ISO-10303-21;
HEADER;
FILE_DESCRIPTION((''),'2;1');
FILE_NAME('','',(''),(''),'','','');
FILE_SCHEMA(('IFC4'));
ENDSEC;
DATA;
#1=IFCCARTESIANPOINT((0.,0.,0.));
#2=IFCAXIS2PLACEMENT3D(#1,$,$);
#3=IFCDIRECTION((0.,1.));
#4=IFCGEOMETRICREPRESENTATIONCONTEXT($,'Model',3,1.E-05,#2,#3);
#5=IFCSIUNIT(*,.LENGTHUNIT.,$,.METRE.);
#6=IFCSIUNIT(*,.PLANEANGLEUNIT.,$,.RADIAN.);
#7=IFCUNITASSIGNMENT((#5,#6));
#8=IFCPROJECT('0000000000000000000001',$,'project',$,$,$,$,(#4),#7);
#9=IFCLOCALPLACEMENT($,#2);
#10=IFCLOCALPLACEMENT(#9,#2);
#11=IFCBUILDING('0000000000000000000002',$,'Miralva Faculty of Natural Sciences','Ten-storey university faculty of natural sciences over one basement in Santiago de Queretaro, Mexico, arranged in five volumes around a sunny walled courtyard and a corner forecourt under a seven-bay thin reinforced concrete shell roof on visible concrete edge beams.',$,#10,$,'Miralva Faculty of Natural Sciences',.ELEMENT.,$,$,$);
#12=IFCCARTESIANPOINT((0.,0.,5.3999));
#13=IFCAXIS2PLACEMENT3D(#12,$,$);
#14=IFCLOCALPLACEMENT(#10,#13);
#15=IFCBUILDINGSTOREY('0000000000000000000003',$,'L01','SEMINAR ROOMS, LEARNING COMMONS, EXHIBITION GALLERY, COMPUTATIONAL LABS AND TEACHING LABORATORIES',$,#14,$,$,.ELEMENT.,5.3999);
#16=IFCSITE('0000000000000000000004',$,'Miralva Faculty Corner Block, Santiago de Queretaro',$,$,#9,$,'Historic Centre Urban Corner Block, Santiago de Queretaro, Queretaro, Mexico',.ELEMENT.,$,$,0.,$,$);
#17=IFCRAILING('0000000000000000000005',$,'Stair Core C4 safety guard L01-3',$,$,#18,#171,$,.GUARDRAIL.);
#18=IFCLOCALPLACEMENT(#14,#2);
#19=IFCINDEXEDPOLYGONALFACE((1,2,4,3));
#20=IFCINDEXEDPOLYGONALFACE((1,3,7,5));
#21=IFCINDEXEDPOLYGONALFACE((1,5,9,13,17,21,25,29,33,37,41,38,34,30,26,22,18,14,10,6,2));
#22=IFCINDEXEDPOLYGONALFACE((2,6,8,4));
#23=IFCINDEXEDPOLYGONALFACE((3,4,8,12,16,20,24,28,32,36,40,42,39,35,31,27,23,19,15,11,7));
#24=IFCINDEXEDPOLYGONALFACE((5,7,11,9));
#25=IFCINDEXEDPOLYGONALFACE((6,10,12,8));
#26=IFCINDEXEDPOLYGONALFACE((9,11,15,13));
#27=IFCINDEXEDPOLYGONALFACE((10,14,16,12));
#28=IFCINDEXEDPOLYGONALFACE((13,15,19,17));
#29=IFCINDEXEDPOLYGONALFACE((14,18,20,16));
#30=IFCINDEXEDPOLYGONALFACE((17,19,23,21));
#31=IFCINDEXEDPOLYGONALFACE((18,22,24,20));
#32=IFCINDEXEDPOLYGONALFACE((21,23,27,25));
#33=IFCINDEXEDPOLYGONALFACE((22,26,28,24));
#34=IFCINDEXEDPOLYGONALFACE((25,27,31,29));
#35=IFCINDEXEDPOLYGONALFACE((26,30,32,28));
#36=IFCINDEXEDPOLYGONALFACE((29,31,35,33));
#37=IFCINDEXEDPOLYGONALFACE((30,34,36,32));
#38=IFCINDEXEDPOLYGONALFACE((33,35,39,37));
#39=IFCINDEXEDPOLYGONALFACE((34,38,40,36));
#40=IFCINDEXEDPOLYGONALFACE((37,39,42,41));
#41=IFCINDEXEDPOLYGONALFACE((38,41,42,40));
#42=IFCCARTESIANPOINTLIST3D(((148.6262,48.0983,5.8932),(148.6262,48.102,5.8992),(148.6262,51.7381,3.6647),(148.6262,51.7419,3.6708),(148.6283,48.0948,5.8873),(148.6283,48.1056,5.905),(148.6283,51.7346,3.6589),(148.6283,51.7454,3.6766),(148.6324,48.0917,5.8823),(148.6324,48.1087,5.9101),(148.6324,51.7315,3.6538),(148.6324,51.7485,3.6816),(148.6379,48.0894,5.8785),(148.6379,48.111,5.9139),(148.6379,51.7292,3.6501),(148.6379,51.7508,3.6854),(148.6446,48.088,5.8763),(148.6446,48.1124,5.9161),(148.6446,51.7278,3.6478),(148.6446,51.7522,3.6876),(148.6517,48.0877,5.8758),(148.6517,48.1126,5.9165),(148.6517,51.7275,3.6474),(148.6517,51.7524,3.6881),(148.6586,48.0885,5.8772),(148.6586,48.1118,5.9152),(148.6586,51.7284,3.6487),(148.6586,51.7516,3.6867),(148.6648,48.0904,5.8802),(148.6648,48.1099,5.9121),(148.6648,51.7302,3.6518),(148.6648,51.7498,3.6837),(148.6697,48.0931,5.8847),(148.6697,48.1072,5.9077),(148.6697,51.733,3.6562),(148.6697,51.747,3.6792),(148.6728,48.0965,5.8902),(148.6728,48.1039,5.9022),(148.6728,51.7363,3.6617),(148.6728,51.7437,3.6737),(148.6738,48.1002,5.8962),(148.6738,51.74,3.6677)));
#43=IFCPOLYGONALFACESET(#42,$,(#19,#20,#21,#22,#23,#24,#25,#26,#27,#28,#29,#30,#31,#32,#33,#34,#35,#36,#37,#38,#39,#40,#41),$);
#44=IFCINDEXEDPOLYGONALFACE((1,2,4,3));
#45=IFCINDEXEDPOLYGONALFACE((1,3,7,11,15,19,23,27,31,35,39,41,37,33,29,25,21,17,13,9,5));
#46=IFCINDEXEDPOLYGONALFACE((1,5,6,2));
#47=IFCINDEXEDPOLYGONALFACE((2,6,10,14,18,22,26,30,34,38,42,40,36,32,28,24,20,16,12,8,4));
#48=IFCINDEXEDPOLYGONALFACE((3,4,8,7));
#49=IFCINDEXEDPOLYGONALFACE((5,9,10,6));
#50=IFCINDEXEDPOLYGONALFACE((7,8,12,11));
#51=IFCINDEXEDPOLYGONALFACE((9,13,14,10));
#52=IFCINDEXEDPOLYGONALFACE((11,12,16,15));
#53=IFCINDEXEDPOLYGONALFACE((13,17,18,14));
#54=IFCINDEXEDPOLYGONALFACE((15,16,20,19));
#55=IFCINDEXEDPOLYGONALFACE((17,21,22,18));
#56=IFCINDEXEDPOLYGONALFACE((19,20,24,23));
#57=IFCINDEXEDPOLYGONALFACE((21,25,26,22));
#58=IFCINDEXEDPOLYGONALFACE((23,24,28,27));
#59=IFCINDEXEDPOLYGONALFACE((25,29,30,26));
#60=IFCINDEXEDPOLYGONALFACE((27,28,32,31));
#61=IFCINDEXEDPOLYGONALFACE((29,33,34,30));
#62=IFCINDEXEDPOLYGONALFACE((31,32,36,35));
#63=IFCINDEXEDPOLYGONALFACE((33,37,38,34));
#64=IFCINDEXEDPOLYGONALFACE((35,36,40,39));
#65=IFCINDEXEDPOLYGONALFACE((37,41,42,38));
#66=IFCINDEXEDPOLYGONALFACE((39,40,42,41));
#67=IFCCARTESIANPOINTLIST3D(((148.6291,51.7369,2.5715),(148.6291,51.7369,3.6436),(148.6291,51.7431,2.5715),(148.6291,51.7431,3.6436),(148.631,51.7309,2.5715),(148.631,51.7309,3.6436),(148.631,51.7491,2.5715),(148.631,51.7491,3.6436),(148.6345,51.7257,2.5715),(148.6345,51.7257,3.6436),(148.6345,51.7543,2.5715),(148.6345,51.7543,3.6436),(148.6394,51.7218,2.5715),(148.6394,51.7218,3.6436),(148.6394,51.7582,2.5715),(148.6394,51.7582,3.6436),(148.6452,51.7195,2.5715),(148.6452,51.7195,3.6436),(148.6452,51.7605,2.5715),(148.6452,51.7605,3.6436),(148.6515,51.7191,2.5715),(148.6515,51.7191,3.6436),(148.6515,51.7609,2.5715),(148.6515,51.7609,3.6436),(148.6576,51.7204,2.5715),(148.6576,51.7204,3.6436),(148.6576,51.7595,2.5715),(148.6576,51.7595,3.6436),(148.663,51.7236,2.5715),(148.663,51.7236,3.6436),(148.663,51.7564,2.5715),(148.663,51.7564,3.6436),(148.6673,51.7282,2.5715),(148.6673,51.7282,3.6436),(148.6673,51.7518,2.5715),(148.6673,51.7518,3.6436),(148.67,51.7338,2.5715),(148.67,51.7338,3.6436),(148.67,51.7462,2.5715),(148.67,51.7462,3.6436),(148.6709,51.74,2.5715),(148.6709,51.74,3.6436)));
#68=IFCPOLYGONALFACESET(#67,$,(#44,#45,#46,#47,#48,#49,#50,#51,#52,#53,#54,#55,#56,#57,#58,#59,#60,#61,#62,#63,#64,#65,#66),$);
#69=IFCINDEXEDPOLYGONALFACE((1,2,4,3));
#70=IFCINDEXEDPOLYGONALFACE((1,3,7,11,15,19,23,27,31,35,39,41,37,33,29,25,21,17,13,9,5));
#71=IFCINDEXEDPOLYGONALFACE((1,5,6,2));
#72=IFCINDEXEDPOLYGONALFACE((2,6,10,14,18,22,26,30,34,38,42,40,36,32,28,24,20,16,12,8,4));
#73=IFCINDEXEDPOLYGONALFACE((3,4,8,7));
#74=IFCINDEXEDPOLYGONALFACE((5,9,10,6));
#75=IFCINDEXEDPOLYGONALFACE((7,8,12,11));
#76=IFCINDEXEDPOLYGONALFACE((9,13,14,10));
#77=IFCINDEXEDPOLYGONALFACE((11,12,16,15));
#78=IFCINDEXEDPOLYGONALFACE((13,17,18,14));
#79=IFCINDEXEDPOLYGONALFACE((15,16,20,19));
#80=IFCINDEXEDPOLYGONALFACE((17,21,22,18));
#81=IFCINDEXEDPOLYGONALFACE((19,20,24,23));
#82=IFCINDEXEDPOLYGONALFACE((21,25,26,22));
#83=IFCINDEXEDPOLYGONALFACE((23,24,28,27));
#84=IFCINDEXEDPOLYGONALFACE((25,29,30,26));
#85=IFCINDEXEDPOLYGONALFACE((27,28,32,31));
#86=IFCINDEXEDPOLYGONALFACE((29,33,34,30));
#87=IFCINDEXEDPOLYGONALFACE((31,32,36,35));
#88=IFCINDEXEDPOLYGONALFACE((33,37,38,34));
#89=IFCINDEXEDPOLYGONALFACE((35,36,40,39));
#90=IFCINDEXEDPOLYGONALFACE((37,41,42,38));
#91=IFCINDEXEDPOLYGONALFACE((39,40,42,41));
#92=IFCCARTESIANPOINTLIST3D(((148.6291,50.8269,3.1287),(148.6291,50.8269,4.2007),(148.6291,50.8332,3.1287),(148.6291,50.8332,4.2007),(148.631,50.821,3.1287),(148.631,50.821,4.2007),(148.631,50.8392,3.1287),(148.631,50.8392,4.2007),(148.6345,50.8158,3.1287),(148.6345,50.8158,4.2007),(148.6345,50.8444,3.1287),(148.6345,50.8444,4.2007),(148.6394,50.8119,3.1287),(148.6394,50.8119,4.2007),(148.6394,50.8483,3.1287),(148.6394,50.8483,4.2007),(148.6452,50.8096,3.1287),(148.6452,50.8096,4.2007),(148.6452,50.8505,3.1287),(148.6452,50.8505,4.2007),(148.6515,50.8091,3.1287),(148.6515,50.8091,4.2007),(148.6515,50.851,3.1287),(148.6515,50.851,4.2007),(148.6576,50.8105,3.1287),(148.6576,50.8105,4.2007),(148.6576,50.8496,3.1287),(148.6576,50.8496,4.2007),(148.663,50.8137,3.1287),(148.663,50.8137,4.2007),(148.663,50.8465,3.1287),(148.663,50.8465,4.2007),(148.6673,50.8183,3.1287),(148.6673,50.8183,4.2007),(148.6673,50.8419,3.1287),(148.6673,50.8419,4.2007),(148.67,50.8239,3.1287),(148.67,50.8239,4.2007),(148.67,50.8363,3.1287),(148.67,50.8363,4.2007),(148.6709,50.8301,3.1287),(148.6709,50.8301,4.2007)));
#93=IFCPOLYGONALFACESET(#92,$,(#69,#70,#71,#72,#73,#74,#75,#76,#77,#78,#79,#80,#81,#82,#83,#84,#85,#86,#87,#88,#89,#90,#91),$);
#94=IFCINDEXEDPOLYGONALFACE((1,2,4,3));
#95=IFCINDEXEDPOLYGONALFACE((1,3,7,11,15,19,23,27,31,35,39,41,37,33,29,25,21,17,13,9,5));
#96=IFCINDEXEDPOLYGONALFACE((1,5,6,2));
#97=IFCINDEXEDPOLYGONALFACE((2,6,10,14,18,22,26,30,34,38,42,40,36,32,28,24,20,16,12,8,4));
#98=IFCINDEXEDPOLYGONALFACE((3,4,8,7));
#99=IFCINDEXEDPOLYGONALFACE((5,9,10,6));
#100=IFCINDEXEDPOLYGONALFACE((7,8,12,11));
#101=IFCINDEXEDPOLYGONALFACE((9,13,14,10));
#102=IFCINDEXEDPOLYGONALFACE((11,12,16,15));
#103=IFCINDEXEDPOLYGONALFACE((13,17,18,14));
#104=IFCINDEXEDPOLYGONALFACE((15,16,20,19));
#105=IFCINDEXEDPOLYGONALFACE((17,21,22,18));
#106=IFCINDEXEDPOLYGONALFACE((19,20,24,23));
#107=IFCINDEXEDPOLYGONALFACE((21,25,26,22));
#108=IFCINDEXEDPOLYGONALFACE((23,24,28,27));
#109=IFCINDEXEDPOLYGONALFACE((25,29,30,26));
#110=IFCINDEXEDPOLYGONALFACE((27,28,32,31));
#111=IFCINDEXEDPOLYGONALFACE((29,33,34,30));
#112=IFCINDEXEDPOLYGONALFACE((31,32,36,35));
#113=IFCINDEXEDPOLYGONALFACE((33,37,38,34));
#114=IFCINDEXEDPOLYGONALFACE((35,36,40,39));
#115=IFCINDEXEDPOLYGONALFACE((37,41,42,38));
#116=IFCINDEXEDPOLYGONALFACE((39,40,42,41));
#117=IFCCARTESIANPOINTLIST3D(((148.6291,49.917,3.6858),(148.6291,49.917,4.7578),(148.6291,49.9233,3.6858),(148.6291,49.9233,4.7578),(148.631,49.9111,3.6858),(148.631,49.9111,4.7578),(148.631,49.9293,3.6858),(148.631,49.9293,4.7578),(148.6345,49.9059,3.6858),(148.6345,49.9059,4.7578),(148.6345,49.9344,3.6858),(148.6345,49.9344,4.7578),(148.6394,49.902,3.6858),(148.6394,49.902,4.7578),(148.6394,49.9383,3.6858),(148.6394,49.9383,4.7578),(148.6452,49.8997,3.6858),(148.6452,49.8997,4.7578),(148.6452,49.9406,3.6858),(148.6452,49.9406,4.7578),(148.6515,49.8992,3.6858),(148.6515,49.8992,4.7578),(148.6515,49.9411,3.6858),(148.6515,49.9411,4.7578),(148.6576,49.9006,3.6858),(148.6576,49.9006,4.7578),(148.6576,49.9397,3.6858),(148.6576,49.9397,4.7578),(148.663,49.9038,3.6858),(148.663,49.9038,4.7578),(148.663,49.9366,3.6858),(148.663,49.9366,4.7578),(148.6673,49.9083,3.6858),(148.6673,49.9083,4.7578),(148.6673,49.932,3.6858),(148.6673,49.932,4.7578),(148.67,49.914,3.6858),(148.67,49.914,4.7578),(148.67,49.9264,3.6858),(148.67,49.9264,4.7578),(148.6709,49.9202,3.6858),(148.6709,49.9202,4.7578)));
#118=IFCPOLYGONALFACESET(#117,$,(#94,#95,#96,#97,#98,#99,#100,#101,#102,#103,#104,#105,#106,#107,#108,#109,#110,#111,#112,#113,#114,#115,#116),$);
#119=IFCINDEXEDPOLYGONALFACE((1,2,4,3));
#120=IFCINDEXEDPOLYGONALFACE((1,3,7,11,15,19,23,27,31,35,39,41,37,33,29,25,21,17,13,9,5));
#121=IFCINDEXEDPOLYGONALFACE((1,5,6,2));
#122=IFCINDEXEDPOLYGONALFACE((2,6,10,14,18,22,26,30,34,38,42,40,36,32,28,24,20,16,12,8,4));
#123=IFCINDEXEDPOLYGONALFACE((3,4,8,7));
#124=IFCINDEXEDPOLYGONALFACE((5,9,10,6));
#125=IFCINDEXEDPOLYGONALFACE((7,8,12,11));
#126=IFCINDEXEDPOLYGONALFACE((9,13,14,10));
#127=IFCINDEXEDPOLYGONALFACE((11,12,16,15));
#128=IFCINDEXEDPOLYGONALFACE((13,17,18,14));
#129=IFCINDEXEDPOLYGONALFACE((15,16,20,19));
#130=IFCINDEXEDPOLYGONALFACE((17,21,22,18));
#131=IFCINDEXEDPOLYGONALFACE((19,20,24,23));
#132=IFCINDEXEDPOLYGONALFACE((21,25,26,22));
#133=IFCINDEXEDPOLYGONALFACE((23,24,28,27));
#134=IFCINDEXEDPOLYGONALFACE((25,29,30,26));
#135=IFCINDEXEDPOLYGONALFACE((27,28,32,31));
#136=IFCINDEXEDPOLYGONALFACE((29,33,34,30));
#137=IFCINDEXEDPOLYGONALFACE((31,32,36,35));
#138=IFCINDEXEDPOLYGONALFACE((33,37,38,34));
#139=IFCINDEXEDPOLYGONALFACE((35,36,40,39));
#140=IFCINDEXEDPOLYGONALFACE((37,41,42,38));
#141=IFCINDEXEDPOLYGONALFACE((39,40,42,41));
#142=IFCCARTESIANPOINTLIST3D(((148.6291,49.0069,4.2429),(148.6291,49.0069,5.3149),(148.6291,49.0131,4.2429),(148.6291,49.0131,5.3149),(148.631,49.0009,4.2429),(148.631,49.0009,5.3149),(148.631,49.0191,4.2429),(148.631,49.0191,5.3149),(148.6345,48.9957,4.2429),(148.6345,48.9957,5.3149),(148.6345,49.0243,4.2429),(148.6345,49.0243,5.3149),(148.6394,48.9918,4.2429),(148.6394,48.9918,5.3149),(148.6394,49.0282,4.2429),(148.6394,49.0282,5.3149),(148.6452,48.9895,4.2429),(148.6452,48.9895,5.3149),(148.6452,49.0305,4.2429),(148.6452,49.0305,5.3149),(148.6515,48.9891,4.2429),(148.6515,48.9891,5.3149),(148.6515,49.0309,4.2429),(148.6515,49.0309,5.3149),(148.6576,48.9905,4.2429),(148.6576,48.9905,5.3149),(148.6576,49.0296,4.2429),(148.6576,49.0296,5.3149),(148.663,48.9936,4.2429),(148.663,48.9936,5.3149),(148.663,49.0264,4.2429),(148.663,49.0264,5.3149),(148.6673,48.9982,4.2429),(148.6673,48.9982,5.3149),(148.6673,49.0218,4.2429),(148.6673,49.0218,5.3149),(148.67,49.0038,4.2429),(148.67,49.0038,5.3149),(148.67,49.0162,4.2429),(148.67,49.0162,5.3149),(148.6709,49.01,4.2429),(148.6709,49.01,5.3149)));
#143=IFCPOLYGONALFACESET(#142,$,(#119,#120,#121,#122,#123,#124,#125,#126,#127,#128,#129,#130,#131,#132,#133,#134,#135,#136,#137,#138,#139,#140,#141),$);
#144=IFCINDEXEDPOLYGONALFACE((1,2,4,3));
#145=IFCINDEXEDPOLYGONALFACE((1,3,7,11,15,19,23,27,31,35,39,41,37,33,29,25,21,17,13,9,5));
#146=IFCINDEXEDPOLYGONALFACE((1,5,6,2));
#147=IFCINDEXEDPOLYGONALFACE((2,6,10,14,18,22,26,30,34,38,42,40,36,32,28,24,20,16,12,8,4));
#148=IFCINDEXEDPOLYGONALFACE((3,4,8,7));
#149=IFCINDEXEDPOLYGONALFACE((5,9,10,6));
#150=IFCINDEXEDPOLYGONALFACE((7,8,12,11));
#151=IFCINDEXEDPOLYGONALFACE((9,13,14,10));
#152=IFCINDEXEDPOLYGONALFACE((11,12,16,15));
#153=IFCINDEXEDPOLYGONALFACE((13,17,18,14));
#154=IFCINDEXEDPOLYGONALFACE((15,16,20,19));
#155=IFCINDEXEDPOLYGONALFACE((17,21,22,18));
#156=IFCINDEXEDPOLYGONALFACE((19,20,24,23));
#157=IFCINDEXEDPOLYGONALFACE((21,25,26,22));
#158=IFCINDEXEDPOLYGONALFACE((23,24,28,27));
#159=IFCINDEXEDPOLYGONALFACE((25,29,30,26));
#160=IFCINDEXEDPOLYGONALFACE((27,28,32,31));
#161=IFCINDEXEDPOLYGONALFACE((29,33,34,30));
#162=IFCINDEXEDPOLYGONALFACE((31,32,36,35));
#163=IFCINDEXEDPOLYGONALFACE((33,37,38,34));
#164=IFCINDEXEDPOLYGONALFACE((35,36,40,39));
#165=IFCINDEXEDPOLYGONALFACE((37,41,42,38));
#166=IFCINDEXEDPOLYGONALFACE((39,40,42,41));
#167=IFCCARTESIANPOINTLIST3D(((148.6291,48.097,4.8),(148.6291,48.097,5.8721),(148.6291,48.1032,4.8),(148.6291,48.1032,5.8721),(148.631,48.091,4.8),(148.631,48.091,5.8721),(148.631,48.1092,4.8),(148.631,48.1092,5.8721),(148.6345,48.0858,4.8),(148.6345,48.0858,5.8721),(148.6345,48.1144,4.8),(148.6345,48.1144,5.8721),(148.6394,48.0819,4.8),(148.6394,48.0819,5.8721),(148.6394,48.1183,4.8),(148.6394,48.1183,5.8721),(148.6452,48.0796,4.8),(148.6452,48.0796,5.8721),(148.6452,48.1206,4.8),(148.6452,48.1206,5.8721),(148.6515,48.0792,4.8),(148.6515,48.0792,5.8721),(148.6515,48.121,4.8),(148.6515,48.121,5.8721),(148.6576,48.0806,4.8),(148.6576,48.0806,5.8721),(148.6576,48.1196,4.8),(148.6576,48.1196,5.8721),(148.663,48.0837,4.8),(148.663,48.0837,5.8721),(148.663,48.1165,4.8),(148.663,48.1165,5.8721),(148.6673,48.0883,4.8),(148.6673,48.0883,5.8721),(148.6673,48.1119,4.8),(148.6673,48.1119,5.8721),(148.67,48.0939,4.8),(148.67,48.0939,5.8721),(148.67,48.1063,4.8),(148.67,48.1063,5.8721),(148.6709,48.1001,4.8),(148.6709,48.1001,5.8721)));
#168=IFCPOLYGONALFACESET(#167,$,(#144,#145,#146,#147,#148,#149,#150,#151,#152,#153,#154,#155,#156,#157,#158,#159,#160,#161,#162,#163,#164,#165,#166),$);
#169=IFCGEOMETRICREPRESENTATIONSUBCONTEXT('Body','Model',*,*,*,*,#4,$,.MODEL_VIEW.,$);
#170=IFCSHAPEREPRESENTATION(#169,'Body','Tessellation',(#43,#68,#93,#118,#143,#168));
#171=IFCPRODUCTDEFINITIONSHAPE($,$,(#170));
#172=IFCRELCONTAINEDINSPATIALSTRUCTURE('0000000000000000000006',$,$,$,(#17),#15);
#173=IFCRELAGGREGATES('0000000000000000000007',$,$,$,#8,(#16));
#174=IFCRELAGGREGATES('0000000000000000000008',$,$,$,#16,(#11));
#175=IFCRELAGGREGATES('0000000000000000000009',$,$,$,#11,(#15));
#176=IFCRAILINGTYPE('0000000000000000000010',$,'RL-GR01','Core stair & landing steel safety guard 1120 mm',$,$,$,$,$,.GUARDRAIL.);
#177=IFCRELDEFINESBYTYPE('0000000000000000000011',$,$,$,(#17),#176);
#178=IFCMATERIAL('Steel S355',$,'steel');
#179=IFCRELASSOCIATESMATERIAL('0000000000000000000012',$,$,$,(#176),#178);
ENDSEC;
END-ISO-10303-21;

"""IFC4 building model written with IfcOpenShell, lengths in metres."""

from ifc_helpers import new_model, si_unit, direction, frame, origin, origin_2d, place, context, subcontext, project, spatial, circle, extrude, material, type_object, element, save


model = new_model("IFC4")

# Units and contexts
model_context = context("Model", 3, precision=1e-05, world=origin(), true_north=direction((0.0, 1.0)))
body_context = subcontext(model_context, "Body", "Model", "MODEL_VIEW")
ifc_project = project(units=[si_unit("LENGTHUNIT", "METRE"), si_unit("PLANEANGLEUNIT", "RADIAN")], contexts=[model_context])

# Site, building, storey
site_placement = place(None, origin())
site = spatial("IfcSite", under=ifc_project, at=site_placement, Name="Miralva Faculty Corner Block, Santiago de Queretaro", LongName="Historic Centre Urban Corner Block, Santiago de Queretaro, Queretaro, Mexico", CompositionType="ELEMENT", RefElevation=0.0)
building_placement = place(site_placement, origin())
building = spatial("IfcBuilding", under=site, at=building_placement, Name="Miralva Faculty of Natural Sciences", Description="Ten-storey university faculty of natural sciences over one basement in Santiago de Queretaro, Mexico, arranged in five volumes around a sunny walled courtyard and a corner forecourt under a seven-bay thin reinforced concrete shell roof on visible concrete edge beams.", LongName="Miralva Faculty of Natural Sciences", CompositionType="ELEMENT")
storey_placement = place(building_placement, frame((0.0, 0.0, 5.3999)))
storey = spatial("IfcBuildingStorey", under=building, at=storey_placement, Name="L01", Description="SEMINAR ROOMS, LEARNING COMMONS, EXHIBITION GALLERY, COMPUTATIONAL LABS AND TEACHING LABORATORIES", CompositionType="ELEMENT", Elevation=5.3999)

# Railing
ifc_material_1 = material(Name="Steel S355", Category="steel")
railing_type_1 = type_object("IfcRailingType", Name="RL-GR01", Description="Core stair & landing steel safety guard 1120 mm", PredefinedType="GUARDRAIL", material=ifc_material_1)
railing_1_placement = place(storey_placement, frame((148.6499, 51.74, 2.5715)))
element("IfcRailing", 1, at=railing_1_placement, inside=storey, type_object=railing_type_1, Name="Stair Core C4 safety guard L01-3", PredefinedType="GUARDRAIL", context=body_context, shape_type="SweptSolid", body=[
    extrude(circle(Radius=0.0239, at=origin_2d()), frame((0.0, 0.0, 1.0962), z_axis=(0.0, -0.85285, 0.522156), x_axis=(1.0, 0.0, 0.0)), (0.0, 0.0, 1.0), 4.2678),
    extrude(circle(Radius=0.021, at=origin_2d()), origin(), (0.0, 0.0, 1.0), 1.072),
    extrude(circle(Radius=0.021, at=origin_2d()), frame((0.0, -0.9099, 0.5571)), (0.0, 0.0, 1.0), 1.072),
    extrude(circle(Radius=0.021, at=origin_2d()), frame((0.0, -1.8198, 1.1143)), (0.0, 0.0, 1.0), 1.072),
    extrude(circle(Radius=0.021, at=origin_2d()), frame((0.0, -2.73, 1.6714)), (0.0, 0.0, 1.0), 1.072),
    extrude(circle(Radius=0.021, at=origin_2d()), frame((0.0, -3.6399, 2.2285)), (0.0, 0.0, 1.0), 1.072),
])

save(model, "model.ifc")
